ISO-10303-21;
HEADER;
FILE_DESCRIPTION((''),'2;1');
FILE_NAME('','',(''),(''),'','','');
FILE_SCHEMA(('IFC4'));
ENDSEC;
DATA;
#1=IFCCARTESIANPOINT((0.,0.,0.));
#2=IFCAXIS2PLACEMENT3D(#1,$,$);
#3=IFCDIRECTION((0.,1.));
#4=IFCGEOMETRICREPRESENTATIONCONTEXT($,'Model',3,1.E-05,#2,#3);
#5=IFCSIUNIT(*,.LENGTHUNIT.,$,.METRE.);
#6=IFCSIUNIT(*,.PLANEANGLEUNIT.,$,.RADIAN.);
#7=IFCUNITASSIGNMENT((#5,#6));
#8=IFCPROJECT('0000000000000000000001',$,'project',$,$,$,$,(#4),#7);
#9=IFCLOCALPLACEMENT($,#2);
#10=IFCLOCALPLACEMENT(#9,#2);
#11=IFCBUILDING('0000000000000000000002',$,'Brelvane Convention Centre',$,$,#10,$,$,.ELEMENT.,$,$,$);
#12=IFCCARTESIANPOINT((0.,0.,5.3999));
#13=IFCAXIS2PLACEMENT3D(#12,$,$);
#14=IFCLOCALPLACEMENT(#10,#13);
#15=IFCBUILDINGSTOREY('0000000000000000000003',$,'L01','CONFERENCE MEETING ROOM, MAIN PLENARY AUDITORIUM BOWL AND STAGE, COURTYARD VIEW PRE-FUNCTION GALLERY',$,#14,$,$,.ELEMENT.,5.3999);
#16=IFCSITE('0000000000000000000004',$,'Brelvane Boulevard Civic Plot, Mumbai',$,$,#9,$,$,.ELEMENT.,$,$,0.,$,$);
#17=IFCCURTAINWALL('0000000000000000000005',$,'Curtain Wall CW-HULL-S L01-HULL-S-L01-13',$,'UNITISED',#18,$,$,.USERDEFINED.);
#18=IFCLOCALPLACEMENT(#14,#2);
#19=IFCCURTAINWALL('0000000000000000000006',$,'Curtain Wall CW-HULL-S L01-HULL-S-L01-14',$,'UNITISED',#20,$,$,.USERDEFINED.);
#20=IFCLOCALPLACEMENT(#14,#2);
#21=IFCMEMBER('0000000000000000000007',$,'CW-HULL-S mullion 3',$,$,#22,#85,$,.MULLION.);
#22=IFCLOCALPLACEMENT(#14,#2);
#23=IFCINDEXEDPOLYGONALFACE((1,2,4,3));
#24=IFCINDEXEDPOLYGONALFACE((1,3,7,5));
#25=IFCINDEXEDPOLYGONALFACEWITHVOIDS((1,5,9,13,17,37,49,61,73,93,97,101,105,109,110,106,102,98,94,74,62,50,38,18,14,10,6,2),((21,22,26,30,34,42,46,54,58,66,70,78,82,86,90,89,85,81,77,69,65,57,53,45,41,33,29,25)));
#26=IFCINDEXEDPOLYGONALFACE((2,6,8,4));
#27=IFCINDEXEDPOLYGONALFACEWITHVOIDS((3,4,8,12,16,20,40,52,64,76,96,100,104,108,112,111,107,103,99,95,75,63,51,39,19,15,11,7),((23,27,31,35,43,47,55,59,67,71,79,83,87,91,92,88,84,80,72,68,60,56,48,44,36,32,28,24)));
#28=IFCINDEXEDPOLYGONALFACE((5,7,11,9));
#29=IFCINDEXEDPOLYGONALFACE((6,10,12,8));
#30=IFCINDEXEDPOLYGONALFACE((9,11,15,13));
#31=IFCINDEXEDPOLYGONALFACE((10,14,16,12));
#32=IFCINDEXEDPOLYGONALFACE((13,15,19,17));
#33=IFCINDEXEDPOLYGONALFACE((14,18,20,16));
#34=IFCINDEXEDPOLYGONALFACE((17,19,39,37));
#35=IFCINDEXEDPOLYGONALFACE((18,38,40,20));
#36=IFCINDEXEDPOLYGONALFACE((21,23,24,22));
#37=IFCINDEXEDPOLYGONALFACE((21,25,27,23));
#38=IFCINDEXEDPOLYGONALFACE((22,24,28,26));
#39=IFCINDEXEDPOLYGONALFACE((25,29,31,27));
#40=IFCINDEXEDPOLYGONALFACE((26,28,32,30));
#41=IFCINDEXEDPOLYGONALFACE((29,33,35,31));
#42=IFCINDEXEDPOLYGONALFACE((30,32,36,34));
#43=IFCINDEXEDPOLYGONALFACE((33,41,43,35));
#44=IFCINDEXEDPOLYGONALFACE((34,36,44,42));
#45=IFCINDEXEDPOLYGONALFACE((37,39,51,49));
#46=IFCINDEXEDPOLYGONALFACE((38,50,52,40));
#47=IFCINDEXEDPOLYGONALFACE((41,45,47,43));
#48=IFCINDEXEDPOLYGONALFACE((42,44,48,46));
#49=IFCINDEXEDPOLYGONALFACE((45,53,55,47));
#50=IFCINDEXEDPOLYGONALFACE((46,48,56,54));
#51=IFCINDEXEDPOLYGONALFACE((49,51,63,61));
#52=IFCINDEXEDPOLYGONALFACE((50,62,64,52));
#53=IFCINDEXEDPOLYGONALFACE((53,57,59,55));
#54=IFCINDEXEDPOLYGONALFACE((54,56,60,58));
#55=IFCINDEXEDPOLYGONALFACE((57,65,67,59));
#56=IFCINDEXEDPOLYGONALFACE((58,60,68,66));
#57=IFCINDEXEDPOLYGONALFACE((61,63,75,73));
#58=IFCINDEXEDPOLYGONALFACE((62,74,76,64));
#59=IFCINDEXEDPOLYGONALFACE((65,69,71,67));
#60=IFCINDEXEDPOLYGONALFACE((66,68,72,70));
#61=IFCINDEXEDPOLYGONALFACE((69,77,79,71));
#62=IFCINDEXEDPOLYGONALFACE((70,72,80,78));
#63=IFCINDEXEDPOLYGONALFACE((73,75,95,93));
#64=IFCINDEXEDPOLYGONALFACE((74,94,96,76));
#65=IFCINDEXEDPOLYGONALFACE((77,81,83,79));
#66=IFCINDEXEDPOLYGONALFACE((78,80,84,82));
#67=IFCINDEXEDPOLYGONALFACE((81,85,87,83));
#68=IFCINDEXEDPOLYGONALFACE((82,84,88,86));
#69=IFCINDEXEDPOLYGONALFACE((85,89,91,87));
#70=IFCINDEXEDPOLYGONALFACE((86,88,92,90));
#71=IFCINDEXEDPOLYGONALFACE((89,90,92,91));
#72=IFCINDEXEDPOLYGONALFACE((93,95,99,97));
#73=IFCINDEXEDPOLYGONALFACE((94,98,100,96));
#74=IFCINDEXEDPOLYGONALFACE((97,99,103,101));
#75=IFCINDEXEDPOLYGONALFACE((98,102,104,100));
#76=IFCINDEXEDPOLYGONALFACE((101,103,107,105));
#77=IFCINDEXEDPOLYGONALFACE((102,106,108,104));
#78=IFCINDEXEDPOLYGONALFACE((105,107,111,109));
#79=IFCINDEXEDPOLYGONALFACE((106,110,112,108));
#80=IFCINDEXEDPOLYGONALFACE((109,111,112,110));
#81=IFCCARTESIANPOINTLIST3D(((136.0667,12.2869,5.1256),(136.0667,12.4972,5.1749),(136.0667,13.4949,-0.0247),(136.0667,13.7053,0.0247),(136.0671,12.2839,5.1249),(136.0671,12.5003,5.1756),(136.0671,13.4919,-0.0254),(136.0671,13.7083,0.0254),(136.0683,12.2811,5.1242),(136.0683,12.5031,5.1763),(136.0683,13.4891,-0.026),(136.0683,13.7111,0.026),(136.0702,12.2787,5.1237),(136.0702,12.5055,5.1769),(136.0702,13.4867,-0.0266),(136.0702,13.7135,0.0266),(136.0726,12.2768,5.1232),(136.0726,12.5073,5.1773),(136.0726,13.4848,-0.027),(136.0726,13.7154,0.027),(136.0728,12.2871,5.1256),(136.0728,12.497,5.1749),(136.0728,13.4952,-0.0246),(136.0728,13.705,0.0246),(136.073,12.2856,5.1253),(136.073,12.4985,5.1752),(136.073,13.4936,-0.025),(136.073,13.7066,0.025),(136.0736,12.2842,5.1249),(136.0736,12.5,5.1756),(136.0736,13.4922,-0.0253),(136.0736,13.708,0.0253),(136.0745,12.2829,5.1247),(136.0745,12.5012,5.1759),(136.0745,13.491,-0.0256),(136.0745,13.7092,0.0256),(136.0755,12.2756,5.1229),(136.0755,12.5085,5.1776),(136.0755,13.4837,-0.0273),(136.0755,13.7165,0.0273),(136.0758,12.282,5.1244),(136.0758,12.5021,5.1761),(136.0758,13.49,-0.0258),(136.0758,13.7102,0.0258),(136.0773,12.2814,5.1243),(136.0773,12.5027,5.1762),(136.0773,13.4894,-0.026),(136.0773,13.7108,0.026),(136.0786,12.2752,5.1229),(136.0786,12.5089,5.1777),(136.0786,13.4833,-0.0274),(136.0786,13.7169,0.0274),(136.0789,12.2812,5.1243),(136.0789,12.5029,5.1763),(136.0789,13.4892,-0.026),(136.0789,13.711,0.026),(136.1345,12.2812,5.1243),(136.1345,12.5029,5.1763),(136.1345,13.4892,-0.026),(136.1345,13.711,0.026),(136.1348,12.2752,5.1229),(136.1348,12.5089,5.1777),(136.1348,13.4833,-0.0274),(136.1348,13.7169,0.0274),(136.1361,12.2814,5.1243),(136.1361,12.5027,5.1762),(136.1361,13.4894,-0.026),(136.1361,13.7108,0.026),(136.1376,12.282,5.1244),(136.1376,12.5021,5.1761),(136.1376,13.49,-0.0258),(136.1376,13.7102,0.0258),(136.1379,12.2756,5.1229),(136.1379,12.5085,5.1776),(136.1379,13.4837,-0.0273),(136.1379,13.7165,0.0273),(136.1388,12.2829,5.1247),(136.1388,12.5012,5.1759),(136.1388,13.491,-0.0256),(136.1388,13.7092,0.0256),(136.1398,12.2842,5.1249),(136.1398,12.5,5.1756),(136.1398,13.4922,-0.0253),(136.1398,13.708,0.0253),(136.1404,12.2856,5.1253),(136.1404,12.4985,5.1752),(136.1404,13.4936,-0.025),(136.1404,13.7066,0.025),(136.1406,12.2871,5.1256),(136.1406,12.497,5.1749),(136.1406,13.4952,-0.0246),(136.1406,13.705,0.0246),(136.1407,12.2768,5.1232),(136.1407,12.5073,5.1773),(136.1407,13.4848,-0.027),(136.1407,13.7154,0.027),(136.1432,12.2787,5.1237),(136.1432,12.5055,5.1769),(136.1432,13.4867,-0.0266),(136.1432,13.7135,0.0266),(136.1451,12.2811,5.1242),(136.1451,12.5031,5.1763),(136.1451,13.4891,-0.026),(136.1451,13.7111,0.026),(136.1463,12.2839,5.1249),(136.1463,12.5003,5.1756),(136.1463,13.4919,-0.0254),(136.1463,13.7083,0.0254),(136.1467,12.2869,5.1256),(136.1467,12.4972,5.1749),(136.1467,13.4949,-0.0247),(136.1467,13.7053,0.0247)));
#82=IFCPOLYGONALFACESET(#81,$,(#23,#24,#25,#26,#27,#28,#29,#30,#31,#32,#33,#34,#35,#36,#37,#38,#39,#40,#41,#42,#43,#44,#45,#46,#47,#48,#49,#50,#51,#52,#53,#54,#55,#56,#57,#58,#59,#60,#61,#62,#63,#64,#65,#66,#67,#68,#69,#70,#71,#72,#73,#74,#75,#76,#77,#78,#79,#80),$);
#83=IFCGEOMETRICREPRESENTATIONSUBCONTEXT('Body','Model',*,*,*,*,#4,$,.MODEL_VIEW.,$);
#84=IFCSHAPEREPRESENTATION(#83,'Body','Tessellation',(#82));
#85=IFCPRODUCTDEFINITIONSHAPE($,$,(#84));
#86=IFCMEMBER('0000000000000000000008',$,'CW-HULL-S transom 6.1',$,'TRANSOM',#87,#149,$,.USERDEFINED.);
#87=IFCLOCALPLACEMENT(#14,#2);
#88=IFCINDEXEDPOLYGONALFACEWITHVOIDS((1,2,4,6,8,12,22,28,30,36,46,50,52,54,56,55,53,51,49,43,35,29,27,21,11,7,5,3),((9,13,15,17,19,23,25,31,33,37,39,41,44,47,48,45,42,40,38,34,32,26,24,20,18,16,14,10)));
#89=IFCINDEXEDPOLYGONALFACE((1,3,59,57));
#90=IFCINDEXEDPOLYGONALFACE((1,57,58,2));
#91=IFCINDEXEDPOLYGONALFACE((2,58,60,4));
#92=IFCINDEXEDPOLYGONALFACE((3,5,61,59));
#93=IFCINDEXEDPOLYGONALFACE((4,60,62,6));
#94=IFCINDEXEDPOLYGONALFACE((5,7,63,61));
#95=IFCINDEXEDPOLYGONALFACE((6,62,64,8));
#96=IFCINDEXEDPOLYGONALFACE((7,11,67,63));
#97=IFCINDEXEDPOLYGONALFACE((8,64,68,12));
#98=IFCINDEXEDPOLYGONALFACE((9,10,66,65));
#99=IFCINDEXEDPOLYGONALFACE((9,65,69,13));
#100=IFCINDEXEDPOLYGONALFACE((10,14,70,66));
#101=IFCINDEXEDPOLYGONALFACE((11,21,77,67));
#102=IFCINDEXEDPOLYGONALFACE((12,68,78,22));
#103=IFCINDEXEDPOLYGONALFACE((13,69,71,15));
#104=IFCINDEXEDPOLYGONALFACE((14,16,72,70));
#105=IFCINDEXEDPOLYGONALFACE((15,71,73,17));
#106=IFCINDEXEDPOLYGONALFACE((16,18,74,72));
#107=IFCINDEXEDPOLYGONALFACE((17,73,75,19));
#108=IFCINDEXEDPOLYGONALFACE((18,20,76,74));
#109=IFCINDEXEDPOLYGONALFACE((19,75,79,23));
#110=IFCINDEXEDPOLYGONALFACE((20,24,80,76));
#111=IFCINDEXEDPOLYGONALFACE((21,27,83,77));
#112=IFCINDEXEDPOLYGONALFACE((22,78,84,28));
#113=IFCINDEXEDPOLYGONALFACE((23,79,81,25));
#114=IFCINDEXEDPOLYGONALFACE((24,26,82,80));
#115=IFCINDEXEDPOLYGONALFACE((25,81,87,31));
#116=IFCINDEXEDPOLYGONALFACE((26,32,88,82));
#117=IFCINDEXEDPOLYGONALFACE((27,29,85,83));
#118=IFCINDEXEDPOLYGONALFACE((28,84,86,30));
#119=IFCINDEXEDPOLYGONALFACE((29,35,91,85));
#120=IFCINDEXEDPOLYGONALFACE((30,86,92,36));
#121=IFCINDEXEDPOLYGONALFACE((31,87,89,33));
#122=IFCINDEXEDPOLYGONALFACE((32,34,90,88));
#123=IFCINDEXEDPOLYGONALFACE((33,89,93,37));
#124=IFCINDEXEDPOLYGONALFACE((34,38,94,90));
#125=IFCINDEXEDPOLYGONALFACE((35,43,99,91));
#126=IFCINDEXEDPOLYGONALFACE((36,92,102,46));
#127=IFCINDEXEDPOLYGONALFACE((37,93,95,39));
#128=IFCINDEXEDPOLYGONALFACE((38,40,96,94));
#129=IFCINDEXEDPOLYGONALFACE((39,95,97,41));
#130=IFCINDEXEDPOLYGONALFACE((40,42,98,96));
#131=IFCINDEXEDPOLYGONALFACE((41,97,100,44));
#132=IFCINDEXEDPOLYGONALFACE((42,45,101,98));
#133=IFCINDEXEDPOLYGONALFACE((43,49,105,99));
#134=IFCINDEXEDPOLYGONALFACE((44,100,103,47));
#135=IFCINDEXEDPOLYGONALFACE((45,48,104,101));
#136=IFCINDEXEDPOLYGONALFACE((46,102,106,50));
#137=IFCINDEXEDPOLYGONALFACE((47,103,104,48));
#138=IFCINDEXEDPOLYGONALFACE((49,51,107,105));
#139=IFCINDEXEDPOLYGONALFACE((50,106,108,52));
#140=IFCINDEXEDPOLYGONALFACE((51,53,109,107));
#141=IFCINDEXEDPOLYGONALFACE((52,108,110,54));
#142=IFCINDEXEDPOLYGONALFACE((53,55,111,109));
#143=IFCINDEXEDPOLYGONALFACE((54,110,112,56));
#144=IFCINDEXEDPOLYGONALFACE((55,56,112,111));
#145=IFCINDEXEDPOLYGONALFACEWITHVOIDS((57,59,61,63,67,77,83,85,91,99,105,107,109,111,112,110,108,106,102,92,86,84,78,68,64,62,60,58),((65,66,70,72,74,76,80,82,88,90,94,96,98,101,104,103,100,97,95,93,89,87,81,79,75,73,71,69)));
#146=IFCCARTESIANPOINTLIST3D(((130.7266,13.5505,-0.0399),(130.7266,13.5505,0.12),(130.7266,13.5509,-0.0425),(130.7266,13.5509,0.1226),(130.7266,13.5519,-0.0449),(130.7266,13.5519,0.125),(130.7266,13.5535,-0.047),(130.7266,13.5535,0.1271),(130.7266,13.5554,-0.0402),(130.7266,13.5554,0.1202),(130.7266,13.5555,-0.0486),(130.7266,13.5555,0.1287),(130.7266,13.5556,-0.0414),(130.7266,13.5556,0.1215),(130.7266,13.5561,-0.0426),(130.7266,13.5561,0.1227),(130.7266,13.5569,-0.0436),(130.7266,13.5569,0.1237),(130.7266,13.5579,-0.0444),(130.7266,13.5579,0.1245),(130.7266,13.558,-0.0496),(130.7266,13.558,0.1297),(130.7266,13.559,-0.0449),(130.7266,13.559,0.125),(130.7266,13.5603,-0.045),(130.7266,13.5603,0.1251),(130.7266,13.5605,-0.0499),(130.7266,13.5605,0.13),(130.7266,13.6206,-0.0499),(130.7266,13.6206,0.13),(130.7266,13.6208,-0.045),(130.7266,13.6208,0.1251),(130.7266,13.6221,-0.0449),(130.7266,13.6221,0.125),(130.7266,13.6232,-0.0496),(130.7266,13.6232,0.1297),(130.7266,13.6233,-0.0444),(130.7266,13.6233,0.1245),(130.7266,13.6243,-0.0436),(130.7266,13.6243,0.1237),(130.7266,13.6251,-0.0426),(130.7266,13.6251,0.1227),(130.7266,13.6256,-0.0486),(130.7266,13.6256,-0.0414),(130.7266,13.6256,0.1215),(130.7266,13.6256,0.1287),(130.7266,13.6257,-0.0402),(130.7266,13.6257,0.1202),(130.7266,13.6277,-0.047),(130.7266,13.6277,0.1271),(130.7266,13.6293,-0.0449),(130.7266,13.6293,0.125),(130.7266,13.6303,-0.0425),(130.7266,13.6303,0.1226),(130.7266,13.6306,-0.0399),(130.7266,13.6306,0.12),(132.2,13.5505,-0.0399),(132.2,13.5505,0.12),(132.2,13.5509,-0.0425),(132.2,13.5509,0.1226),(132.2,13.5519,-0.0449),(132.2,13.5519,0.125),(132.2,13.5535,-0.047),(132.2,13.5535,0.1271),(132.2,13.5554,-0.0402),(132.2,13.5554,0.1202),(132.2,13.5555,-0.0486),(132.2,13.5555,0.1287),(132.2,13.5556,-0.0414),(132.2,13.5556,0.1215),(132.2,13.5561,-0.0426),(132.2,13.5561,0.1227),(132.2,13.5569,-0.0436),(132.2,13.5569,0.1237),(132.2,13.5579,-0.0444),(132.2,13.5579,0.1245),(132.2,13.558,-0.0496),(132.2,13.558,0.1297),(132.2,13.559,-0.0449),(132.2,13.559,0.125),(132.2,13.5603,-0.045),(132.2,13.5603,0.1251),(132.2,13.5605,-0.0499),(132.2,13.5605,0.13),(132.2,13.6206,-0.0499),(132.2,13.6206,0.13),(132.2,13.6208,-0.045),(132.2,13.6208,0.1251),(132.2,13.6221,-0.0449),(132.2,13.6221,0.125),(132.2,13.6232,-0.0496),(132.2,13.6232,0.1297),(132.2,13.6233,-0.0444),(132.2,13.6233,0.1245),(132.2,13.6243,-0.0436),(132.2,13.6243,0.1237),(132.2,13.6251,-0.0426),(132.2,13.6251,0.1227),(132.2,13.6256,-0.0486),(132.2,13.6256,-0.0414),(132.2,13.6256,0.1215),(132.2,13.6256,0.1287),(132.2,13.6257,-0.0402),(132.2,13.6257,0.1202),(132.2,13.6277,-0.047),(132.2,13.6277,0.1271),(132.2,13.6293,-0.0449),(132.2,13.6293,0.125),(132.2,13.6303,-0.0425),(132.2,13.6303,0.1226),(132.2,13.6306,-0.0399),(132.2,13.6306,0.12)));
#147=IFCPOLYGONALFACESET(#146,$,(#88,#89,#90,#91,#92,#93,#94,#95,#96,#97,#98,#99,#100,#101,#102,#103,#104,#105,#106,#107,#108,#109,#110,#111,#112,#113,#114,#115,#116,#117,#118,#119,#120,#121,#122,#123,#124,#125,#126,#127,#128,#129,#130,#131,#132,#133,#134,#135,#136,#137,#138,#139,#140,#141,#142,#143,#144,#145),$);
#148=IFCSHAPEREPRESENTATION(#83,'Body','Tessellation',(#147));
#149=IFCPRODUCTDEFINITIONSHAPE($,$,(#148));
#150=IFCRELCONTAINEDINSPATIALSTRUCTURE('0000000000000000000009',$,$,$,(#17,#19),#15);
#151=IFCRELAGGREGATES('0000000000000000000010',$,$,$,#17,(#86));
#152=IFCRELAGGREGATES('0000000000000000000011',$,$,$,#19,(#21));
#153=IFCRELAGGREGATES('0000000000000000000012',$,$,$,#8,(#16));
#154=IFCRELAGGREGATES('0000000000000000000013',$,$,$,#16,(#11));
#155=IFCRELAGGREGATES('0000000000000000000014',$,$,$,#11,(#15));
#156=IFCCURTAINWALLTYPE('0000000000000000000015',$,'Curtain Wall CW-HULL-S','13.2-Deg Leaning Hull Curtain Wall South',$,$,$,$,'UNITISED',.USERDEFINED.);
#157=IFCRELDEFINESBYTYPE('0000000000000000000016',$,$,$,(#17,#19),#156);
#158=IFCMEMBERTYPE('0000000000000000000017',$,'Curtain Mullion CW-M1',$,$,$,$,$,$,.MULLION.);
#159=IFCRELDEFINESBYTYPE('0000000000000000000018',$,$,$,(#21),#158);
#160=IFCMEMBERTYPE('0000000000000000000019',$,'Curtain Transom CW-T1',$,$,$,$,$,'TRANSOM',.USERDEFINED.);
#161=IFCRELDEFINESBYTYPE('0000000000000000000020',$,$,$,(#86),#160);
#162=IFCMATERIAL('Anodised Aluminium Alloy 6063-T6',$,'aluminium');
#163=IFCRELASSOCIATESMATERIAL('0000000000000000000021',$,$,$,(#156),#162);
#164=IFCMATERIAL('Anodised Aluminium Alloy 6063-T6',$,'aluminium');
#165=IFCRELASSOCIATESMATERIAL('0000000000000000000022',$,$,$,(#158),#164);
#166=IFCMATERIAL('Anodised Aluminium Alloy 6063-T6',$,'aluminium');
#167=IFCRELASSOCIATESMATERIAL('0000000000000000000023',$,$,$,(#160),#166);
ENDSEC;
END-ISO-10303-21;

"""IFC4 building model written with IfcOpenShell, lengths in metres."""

from ifc_helpers import new_model, si_unit, direction, frame, origin, origin_2d, place, context, subcontext, project, spatial, hollow_rectangle, extrude, material, material_profile, profile_set, type_object, element, aggregate, save


model = new_model("IFC4")

# Units and contexts
model_context = context("Model", 3, precision=1e-05, world=origin(), true_north=direction((0.0, 1.0)))
body_context = subcontext(model_context, "Body", "Model", "MODEL_VIEW")
ifc_project = project(units=[si_unit("LENGTHUNIT", "METRE"), si_unit("PLANEANGLEUNIT", "RADIAN")], contexts=[model_context])

# Site, building, storey
site_placement = place(None, origin())
site = spatial("IfcSite", under=ifc_project, at=site_placement, Name="Brelvane Boulevard Civic Plot, Mumbai", CompositionType="ELEMENT", RefElevation=0.0)
building_placement = place(site_placement, origin())
building = spatial("IfcBuilding", under=site, at=building_placement, Name="Brelvane Convention Centre", CompositionType="ELEMENT")
storey_placement = place(building_placement, frame((0.0, 0.0, 5.3999)))
storey = spatial("IfcBuildingStorey", under=building, at=storey_placement, Name="L01", Description="CONFERENCE MEETING ROOM, MAIN PLENARY AUDITORIUM BOWL AND STAGE, COURTYARD VIEW PRE-FUNCTION GALLERY", CompositionType="ELEMENT", Elevation=5.3999)

# Curtain walls, member
ifc_material_1 = material(Name="Anodised Aluminium Alloy 6063-T6", Category="aluminium")
curtain_wall_type = type_object("IfcCurtainWallType", Name="Curtain Wall CW-HULL-S", Description="13.2-Deg Leaning Hull Curtain Wall South", ElementType="UNITISED", PredefinedType="USERDEFINED", material=ifc_material_1)
curtain_wall_1_placement = place(storey_placement, origin())
curtain_wall_1 = element("IfcCurtainWall", 1, at=curtain_wall_1_placement, inside=storey, type_object=curtain_wall_type, Name="Curtain Wall CW-HULL-S L01-HULL-S-L01-13", ObjectType="UNITISED", PredefinedType="USERDEFINED")
ifc_material_2 = material(Name="Anodised Aluminium Alloy 6063-T6", Category="aluminium")
ifc_material_profile_1 = material_profile(ifc_material_2, hollow_rectangle(XDim=0.0801, YDim=0.24, WallThickness=0.0061, InnerFilletRadius=0.0061, OuterFilletRadius=0.012, at=origin_2d()), Name="ALU-M 240x80x6.0")
ifc_profile_set_1 = profile_set([ifc_material_profile_1], Name="Anodised Aluminium Alloy 6063-T6")
member_type_1 = type_object("IfcMemberType", Name="Curtain Mullion CW-M1", PredefinedType="MULLION", material=ifc_profile_set_1)
curtain_wall_2_placement = place(storey_placement, origin())
curtain_wall_2 = element("IfcCurtainWall", 2, at=curtain_wall_2_placement, inside=storey, type_object=curtain_wall_type, Name="Curtain Wall CW-HULL-S L01-HULL-S-L01-14", ObjectType="UNITISED", PredefinedType="USERDEFINED")
member_1_placement = place(storey_placement, frame((136.1067, 13.6001, 0.0), z_axis=(0.0, -0.22836, 0.973577), x_axis=(1.0, 0.0, 0.0)))
member_1 = element("IfcMember", 3, at=member_1_placement, type_object=member_type_1, Name="CW-HULL-S mullion 3", PredefinedType="MULLION", context=body_context, shape_type="SweptSolid", body=[
    extrude(hollow_rectangle(XDim=0.0801, YDim=0.24, WallThickness=0.0061, InnerFilletRadius=0.0061, OuterFilletRadius=0.012, at=origin_2d()), origin(), (0.0, 0.0, 1.0), 5.29),
])

# Member
ifc_material_3 = material(Name="Anodised Aluminium Alloy 6063-T6", Category="aluminium")
ifc_material_profile_2 = material_profile(ifc_material_3, hollow_rectangle(XDim=0.0801, YDim=0.1799, WallThickness=0.0049, InnerFilletRadius=0.0049, OuterFilletRadius=0.01, at=origin_2d()), Name="ALU-T 180x80x5.0")
ifc_profile_set_2 = profile_set([ifc_material_profile_2], Name="Anodised Aluminium Alloy 6063-T6")
member_type_2 = type_object("IfcMemberType", Name="Curtain Transom CW-T1", ElementType="TRANSOM", PredefinedType="USERDEFINED", material=ifc_profile_set_2)
member_2_placement = place(storey_placement, frame((130.7266, 13.5906, 0.04), z_axis=(1.0, 0.0, 0.0), x_axis=(0.0, 1.0, 0.0)))
member_2 = element("IfcMember", 4, at=member_2_placement, type_object=member_type_2, Name="CW-HULL-S transom 6.1", ObjectType="TRANSOM", PredefinedType="USERDEFINED", context=body_context, shape_type="SweptSolid", body=[
    extrude(hollow_rectangle(XDim=0.0801, YDim=0.1799, WallThickness=0.0049, InnerFilletRadius=0.0049, OuterFilletRadius=0.01, at=origin_2d()), origin(), (0.0, 0.0, 1.0), 1.4734),
])

aggregate(curtain_wall_1, [member_2])
aggregate(curtain_wall_2, [member_1])

save(model, "model.ifc")
